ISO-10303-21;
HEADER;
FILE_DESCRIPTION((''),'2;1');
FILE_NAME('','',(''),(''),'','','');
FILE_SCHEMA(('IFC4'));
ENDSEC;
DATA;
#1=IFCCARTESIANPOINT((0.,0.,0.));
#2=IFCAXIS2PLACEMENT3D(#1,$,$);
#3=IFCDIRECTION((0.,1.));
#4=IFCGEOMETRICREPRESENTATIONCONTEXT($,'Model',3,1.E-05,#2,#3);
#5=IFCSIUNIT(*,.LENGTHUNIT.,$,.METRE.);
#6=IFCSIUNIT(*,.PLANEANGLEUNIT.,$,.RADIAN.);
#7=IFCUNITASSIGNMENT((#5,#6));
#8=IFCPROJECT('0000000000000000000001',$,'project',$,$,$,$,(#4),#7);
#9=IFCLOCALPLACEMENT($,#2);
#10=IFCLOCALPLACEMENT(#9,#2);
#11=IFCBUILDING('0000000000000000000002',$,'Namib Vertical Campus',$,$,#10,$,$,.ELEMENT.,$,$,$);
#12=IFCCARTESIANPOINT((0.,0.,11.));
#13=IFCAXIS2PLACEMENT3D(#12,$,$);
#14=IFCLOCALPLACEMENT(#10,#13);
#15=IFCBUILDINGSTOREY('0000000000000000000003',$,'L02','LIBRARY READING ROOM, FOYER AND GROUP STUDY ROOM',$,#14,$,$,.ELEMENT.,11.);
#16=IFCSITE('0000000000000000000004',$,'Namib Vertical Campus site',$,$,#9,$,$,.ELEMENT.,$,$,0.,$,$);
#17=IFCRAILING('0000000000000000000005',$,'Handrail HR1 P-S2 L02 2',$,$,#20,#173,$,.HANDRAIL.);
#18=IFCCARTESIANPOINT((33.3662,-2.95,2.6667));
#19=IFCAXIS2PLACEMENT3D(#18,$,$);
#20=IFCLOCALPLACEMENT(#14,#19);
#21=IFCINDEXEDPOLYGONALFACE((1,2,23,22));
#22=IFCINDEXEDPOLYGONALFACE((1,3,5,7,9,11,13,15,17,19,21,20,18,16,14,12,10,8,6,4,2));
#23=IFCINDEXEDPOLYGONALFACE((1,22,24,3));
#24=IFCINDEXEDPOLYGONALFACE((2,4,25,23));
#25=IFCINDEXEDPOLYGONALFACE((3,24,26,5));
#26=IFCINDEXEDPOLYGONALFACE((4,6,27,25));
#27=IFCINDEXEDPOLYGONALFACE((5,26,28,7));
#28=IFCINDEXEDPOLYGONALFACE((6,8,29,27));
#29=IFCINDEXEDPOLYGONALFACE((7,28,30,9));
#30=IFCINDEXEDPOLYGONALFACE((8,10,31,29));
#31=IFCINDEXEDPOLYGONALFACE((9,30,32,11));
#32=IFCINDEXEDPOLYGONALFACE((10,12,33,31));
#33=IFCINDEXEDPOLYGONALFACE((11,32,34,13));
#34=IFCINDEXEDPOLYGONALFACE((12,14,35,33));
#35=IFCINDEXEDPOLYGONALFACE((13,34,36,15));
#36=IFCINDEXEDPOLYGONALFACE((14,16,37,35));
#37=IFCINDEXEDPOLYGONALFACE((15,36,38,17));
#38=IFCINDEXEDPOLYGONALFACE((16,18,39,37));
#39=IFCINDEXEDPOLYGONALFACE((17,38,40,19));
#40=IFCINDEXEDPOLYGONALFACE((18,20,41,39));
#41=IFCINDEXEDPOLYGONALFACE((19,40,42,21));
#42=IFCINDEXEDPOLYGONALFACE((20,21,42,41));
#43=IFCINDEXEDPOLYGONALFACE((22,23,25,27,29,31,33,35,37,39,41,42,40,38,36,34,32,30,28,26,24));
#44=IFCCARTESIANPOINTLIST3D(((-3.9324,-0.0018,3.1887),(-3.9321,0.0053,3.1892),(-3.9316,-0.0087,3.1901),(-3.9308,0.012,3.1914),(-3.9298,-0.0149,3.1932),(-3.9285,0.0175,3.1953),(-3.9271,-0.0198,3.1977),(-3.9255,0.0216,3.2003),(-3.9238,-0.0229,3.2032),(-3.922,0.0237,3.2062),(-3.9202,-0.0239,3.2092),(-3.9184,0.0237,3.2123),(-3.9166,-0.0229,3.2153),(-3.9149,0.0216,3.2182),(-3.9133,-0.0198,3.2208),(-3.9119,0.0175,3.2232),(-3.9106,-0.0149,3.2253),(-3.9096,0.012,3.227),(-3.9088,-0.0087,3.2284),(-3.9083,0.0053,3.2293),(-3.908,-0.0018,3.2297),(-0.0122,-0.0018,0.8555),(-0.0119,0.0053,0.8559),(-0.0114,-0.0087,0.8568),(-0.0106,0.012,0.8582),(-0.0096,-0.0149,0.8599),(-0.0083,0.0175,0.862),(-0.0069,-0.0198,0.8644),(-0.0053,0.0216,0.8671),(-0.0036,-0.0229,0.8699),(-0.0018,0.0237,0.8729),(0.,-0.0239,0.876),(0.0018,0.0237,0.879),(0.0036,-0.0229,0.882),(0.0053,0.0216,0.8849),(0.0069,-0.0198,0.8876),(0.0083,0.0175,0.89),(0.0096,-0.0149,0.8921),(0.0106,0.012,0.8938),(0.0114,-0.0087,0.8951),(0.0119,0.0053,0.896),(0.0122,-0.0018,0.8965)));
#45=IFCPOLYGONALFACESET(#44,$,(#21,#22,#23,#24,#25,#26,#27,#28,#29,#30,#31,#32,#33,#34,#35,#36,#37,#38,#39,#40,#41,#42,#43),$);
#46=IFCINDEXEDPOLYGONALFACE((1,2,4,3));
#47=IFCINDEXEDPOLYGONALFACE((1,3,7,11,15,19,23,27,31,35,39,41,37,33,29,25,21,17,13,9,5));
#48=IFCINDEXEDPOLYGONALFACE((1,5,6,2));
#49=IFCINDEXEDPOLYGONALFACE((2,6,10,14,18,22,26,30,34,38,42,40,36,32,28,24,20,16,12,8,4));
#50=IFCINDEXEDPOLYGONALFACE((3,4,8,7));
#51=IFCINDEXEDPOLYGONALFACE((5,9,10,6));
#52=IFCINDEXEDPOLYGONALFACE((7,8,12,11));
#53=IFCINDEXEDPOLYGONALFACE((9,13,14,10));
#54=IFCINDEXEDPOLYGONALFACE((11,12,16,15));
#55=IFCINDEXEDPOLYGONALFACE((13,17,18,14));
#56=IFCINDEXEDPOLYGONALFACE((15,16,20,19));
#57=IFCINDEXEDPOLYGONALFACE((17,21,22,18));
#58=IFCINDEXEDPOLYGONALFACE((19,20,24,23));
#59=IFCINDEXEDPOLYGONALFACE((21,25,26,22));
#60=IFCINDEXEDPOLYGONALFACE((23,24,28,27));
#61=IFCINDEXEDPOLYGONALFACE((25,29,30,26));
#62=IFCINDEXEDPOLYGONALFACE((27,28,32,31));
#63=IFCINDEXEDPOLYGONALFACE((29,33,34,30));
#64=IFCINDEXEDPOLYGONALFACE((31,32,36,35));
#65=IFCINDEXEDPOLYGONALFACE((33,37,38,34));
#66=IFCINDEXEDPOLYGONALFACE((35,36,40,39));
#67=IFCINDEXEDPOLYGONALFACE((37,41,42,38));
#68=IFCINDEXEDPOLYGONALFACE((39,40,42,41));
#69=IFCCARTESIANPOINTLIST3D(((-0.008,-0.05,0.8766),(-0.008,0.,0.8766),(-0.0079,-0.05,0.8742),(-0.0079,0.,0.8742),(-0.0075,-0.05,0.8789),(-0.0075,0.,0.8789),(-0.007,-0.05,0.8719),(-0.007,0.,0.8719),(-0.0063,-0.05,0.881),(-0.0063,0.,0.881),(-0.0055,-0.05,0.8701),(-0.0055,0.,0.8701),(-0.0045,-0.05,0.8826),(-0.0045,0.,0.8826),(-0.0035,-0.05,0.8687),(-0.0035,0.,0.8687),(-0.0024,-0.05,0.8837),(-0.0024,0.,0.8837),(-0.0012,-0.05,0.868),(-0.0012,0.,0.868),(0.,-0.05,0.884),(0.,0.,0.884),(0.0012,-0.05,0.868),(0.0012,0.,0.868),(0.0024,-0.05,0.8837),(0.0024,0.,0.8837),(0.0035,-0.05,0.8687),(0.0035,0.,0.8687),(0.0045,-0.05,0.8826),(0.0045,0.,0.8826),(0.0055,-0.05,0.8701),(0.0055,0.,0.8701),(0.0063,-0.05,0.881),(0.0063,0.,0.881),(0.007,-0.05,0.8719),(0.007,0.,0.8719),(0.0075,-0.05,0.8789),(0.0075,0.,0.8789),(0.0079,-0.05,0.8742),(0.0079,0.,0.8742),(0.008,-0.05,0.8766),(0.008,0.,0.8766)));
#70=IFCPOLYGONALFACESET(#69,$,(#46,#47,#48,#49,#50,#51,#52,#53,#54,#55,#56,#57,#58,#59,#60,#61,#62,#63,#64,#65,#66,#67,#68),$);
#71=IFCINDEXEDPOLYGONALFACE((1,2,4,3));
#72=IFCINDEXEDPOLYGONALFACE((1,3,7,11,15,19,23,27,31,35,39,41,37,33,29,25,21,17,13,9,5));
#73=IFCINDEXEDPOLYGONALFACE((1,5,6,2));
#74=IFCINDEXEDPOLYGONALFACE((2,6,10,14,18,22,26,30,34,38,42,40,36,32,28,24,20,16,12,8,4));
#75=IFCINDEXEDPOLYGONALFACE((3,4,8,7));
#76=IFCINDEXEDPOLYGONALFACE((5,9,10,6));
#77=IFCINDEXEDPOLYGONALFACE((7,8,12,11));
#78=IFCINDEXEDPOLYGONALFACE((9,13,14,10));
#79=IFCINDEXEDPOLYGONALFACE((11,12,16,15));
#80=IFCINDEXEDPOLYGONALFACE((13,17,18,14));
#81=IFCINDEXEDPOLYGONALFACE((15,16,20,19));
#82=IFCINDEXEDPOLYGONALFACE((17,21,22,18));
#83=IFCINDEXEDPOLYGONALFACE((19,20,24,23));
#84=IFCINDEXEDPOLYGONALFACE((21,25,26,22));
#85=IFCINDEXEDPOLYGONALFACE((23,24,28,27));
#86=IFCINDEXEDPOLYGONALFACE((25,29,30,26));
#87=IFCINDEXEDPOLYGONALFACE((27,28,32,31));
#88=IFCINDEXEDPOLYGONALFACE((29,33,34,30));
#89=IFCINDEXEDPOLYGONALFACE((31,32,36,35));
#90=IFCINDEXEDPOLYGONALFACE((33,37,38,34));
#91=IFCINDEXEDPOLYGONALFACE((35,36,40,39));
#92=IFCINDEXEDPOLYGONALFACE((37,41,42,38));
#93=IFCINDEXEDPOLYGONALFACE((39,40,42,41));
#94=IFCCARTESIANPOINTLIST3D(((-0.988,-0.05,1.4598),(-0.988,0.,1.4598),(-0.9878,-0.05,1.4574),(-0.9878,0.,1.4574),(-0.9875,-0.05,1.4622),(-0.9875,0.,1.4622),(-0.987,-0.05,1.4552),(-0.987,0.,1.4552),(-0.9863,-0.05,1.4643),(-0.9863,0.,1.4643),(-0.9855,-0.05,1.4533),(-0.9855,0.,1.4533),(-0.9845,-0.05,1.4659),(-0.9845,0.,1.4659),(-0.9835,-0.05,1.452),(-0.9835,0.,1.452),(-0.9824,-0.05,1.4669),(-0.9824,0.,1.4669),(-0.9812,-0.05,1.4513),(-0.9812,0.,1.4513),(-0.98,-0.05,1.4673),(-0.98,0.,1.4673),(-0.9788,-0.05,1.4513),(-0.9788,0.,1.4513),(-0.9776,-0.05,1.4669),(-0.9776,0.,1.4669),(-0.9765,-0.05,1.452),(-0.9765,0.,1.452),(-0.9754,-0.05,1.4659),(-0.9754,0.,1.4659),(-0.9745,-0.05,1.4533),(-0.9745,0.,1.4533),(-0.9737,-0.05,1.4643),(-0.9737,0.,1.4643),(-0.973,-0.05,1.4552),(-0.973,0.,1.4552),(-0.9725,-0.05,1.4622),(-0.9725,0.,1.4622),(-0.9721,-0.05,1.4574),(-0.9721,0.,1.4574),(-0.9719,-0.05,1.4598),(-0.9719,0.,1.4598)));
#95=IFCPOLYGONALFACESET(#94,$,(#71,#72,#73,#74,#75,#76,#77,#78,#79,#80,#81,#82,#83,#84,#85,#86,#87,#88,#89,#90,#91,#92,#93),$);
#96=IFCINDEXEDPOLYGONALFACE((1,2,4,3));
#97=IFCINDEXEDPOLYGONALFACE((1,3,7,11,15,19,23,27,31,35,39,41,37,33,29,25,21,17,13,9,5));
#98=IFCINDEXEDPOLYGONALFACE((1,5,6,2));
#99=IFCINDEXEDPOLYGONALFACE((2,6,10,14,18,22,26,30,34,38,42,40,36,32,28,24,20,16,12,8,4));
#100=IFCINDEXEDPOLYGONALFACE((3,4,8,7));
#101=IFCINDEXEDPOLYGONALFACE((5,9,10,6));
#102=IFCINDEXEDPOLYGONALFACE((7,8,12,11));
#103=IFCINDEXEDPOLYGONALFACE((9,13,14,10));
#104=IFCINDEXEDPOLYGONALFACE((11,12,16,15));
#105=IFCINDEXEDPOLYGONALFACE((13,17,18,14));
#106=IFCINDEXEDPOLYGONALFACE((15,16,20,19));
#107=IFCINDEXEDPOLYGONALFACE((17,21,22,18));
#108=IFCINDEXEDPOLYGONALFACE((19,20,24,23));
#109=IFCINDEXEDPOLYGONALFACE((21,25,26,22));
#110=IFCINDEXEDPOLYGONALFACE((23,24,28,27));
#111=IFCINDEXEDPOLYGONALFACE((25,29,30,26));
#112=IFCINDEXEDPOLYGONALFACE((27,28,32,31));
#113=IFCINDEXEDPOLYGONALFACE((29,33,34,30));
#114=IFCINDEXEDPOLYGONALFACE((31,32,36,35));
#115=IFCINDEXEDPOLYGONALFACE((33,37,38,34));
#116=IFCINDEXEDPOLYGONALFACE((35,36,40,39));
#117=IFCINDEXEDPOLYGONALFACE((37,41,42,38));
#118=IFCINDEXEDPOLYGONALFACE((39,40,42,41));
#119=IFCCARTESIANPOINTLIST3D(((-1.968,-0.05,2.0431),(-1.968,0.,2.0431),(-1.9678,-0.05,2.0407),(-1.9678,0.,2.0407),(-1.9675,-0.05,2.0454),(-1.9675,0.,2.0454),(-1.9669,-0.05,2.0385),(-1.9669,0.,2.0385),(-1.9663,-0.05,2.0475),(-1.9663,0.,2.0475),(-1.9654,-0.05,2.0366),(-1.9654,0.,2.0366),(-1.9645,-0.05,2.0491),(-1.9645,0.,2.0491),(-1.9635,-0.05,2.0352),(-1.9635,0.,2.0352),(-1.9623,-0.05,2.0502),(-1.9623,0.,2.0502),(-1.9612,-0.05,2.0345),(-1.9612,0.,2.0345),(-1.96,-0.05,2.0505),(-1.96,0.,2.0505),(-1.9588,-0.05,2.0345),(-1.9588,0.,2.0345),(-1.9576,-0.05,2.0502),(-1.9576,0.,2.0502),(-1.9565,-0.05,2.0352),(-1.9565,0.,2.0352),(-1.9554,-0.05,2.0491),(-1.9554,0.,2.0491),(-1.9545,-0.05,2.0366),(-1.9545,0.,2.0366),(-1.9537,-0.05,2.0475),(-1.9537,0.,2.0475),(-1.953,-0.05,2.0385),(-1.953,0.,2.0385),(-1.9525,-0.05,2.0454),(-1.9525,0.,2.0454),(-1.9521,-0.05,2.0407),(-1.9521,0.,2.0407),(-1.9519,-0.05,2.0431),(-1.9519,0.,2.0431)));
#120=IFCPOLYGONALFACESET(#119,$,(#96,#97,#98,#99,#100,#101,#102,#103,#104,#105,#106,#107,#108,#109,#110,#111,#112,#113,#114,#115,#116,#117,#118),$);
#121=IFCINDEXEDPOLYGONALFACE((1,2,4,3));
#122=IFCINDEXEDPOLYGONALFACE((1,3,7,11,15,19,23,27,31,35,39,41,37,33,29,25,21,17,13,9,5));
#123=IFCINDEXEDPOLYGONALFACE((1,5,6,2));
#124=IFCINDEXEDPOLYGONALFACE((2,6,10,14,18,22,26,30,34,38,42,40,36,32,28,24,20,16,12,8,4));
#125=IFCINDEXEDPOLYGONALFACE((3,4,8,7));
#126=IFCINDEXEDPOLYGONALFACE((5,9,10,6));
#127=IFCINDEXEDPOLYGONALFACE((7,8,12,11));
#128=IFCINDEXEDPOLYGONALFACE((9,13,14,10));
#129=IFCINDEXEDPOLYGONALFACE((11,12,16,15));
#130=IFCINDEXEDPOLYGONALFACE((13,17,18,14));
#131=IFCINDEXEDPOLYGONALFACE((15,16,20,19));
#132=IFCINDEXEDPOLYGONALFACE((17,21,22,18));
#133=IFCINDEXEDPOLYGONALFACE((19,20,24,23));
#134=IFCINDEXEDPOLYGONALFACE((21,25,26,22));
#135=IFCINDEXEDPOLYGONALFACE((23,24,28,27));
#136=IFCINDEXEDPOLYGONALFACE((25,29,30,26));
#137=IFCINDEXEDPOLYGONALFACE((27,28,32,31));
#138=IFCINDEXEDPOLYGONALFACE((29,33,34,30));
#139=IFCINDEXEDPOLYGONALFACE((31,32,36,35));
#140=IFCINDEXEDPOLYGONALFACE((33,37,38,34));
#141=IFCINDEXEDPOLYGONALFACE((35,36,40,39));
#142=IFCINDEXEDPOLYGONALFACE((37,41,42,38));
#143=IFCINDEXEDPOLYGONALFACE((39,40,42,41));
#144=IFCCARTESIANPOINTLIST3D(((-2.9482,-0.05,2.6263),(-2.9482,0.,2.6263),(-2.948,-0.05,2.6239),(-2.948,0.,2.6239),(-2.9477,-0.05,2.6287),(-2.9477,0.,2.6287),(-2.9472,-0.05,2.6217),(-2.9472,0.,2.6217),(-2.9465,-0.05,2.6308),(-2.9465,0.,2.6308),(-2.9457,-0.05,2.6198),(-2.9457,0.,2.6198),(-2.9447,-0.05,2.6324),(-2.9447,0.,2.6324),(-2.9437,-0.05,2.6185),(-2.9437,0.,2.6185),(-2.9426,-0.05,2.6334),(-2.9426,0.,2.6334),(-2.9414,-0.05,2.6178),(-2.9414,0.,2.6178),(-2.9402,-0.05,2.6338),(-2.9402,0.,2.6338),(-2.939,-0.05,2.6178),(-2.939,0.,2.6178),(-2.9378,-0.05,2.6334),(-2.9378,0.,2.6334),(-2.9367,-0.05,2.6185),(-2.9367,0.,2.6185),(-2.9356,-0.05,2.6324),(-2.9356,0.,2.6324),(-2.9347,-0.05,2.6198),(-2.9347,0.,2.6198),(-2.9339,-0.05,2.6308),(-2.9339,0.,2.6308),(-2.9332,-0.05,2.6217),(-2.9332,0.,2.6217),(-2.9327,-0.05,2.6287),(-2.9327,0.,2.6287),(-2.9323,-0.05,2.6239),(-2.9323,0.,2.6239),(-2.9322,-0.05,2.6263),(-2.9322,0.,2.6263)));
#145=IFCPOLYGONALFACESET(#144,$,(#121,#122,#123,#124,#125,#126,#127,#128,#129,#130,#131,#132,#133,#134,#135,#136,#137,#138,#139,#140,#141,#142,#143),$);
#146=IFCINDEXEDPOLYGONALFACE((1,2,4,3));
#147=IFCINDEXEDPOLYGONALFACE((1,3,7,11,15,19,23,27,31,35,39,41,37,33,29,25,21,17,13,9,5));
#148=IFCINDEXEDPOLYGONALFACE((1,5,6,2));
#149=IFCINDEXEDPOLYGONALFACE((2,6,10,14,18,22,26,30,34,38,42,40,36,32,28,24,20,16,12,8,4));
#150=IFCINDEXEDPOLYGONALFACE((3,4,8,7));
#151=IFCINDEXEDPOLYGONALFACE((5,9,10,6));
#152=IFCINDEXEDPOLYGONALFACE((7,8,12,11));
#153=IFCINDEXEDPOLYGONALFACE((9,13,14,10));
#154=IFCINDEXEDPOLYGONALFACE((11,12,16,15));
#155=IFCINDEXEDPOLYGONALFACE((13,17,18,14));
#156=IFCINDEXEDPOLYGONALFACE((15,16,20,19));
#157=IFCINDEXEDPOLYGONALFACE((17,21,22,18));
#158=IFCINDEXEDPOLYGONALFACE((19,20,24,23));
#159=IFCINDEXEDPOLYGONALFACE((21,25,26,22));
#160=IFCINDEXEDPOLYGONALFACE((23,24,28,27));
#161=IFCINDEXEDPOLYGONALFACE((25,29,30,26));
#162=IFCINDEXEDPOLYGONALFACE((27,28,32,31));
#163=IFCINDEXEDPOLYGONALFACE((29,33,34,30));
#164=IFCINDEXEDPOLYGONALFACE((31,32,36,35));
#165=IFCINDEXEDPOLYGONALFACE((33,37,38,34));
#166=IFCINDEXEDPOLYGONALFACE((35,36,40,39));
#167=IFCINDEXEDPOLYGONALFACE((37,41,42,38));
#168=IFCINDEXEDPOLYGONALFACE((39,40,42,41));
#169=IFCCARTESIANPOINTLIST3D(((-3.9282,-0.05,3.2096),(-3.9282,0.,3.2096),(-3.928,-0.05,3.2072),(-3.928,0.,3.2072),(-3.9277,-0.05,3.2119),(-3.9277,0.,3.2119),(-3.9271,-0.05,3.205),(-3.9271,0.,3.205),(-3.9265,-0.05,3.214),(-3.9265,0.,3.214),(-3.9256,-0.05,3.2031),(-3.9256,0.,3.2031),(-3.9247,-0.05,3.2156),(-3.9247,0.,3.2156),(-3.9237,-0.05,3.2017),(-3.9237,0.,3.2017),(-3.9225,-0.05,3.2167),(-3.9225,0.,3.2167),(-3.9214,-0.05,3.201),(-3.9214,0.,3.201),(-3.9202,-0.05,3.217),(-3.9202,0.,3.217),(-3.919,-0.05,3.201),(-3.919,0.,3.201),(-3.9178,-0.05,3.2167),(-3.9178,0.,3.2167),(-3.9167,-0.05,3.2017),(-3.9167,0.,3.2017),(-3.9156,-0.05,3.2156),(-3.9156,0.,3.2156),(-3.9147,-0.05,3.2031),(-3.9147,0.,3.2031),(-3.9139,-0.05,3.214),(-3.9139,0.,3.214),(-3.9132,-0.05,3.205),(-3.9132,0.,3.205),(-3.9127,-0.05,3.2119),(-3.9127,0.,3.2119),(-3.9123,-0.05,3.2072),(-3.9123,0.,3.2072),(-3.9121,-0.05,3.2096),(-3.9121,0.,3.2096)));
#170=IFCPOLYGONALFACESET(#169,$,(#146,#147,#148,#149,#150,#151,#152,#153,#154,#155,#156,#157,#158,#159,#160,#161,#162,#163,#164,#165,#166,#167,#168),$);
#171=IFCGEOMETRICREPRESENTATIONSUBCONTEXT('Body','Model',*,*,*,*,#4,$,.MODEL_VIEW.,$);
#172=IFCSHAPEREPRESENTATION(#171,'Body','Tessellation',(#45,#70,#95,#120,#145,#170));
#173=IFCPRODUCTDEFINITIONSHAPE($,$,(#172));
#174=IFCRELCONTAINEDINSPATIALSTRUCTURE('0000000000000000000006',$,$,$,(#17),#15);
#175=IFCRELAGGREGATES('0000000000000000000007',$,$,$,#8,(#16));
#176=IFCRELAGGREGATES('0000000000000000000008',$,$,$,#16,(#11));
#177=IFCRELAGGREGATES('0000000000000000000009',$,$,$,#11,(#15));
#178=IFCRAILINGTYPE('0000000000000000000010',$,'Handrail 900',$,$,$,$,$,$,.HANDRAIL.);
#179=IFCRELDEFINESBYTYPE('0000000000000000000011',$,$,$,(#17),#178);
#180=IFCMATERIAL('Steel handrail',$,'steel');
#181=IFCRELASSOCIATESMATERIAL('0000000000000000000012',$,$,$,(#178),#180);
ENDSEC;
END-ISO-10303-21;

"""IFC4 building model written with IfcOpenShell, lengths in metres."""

from ifc_helpers import new_model, si_unit, direction, frame, origin, origin_2d, place, context, subcontext, project, spatial, circle, extrude, material, type_object, element, save


model = new_model("IFC4")

# Units and contexts
model_context = context("Model", 3, precision=1e-05, world=origin(), true_north=direction((0.0, 1.0)))
body_context = subcontext(model_context, "Body", "Model", "MODEL_VIEW")
ifc_project = project(units=[si_unit("LENGTHUNIT", "METRE"), si_unit("PLANEANGLEUNIT", "RADIAN")], contexts=[model_context])

# Site, building, storey
site_placement = place(None, origin())
site = spatial("IfcSite", under=ifc_project, at=site_placement, Name="Namib Vertical Campus site", CompositionType="ELEMENT", RefElevation=0.0)
building_placement = place(site_placement, origin())
building = spatial("IfcBuilding", under=site, at=building_placement, Name="Namib Vertical Campus", CompositionType="ELEMENT")
storey_placement = place(building_placement, frame((0.0, 0.0, 11.0)))
storey = spatial("IfcBuildingStorey", under=building, at=storey_placement, Name="L02", Description="LIBRARY READING ROOM, FOYER AND GROUP STUDY ROOM", CompositionType="ELEMENT", Elevation=11.0)

# Railing
ifc_material_1 = material(Name="Steel handrail", Category="steel")
railing_type = type_object("IfcRailingType", Name="Handrail 900", PredefinedType="HANDRAIL", material=ifc_material_1)
railing_1_placement = place(storey_placement, frame((33.3662, -2.95, 2.6667)))
element("IfcRailing", 1, at=railing_1_placement, inside=storey, type_object=railing_type, Name="Handrail HR1 P-S2 L02 2", PredefinedType="HANDRAIL", context=body_context, shape_type="SweptSolid", body=[
    extrude(circle(Radius=0.0239, at=origin_2d()), frame((0.0, 0.0, 0.876), z_axis=(-0.85931, 0.0, 0.511455), x_axis=(0.0, -1.0, 0.0)), (0.0, 0.0, 1.0), 4.562),
    extrude(circle(Radius=0.0081, at=origin_2d()), frame((0.0, 0.0, 0.876), z_axis=(0.0, -1.0, 0.0), x_axis=(0.0, 0.0, 1.0)), (0.0, 0.0, 1.0), 0.05),
    extrude(circle(Radius=0.0081, at=origin_2d()), frame((-0.98, 0.0, 1.4592), z_axis=(0.0, -1.0, 0.0), x_axis=(0.0, 0.0, 1.0)), (0.0, 0.0, 1.0), 0.05),
    extrude(circle(Radius=0.0081, at=origin_2d()), frame((-1.96, 0.0, 2.0425), z_axis=(0.0, -1.0, 0.0), x_axis=(0.0, 0.0, 1.0)), (0.0, 0.0, 1.0), 0.05),
    extrude(circle(Radius=0.0081, at=origin_2d()), frame((-2.9402, 0.0, 2.6257), z_axis=(0.0, -1.0, 0.0), x_axis=(0.0, 0.0, 1.0)), (0.0, 0.0, 1.0), 0.05),
    extrude(circle(Radius=0.0081, at=origin_2d()), frame((-3.9202, 0.0, 3.209), z_axis=(0.0, -1.0, 0.0), x_axis=(0.0, 0.0, 1.0)), (0.0, 0.0, 1.0), 0.05),
])

save(model, "model.ifc")
